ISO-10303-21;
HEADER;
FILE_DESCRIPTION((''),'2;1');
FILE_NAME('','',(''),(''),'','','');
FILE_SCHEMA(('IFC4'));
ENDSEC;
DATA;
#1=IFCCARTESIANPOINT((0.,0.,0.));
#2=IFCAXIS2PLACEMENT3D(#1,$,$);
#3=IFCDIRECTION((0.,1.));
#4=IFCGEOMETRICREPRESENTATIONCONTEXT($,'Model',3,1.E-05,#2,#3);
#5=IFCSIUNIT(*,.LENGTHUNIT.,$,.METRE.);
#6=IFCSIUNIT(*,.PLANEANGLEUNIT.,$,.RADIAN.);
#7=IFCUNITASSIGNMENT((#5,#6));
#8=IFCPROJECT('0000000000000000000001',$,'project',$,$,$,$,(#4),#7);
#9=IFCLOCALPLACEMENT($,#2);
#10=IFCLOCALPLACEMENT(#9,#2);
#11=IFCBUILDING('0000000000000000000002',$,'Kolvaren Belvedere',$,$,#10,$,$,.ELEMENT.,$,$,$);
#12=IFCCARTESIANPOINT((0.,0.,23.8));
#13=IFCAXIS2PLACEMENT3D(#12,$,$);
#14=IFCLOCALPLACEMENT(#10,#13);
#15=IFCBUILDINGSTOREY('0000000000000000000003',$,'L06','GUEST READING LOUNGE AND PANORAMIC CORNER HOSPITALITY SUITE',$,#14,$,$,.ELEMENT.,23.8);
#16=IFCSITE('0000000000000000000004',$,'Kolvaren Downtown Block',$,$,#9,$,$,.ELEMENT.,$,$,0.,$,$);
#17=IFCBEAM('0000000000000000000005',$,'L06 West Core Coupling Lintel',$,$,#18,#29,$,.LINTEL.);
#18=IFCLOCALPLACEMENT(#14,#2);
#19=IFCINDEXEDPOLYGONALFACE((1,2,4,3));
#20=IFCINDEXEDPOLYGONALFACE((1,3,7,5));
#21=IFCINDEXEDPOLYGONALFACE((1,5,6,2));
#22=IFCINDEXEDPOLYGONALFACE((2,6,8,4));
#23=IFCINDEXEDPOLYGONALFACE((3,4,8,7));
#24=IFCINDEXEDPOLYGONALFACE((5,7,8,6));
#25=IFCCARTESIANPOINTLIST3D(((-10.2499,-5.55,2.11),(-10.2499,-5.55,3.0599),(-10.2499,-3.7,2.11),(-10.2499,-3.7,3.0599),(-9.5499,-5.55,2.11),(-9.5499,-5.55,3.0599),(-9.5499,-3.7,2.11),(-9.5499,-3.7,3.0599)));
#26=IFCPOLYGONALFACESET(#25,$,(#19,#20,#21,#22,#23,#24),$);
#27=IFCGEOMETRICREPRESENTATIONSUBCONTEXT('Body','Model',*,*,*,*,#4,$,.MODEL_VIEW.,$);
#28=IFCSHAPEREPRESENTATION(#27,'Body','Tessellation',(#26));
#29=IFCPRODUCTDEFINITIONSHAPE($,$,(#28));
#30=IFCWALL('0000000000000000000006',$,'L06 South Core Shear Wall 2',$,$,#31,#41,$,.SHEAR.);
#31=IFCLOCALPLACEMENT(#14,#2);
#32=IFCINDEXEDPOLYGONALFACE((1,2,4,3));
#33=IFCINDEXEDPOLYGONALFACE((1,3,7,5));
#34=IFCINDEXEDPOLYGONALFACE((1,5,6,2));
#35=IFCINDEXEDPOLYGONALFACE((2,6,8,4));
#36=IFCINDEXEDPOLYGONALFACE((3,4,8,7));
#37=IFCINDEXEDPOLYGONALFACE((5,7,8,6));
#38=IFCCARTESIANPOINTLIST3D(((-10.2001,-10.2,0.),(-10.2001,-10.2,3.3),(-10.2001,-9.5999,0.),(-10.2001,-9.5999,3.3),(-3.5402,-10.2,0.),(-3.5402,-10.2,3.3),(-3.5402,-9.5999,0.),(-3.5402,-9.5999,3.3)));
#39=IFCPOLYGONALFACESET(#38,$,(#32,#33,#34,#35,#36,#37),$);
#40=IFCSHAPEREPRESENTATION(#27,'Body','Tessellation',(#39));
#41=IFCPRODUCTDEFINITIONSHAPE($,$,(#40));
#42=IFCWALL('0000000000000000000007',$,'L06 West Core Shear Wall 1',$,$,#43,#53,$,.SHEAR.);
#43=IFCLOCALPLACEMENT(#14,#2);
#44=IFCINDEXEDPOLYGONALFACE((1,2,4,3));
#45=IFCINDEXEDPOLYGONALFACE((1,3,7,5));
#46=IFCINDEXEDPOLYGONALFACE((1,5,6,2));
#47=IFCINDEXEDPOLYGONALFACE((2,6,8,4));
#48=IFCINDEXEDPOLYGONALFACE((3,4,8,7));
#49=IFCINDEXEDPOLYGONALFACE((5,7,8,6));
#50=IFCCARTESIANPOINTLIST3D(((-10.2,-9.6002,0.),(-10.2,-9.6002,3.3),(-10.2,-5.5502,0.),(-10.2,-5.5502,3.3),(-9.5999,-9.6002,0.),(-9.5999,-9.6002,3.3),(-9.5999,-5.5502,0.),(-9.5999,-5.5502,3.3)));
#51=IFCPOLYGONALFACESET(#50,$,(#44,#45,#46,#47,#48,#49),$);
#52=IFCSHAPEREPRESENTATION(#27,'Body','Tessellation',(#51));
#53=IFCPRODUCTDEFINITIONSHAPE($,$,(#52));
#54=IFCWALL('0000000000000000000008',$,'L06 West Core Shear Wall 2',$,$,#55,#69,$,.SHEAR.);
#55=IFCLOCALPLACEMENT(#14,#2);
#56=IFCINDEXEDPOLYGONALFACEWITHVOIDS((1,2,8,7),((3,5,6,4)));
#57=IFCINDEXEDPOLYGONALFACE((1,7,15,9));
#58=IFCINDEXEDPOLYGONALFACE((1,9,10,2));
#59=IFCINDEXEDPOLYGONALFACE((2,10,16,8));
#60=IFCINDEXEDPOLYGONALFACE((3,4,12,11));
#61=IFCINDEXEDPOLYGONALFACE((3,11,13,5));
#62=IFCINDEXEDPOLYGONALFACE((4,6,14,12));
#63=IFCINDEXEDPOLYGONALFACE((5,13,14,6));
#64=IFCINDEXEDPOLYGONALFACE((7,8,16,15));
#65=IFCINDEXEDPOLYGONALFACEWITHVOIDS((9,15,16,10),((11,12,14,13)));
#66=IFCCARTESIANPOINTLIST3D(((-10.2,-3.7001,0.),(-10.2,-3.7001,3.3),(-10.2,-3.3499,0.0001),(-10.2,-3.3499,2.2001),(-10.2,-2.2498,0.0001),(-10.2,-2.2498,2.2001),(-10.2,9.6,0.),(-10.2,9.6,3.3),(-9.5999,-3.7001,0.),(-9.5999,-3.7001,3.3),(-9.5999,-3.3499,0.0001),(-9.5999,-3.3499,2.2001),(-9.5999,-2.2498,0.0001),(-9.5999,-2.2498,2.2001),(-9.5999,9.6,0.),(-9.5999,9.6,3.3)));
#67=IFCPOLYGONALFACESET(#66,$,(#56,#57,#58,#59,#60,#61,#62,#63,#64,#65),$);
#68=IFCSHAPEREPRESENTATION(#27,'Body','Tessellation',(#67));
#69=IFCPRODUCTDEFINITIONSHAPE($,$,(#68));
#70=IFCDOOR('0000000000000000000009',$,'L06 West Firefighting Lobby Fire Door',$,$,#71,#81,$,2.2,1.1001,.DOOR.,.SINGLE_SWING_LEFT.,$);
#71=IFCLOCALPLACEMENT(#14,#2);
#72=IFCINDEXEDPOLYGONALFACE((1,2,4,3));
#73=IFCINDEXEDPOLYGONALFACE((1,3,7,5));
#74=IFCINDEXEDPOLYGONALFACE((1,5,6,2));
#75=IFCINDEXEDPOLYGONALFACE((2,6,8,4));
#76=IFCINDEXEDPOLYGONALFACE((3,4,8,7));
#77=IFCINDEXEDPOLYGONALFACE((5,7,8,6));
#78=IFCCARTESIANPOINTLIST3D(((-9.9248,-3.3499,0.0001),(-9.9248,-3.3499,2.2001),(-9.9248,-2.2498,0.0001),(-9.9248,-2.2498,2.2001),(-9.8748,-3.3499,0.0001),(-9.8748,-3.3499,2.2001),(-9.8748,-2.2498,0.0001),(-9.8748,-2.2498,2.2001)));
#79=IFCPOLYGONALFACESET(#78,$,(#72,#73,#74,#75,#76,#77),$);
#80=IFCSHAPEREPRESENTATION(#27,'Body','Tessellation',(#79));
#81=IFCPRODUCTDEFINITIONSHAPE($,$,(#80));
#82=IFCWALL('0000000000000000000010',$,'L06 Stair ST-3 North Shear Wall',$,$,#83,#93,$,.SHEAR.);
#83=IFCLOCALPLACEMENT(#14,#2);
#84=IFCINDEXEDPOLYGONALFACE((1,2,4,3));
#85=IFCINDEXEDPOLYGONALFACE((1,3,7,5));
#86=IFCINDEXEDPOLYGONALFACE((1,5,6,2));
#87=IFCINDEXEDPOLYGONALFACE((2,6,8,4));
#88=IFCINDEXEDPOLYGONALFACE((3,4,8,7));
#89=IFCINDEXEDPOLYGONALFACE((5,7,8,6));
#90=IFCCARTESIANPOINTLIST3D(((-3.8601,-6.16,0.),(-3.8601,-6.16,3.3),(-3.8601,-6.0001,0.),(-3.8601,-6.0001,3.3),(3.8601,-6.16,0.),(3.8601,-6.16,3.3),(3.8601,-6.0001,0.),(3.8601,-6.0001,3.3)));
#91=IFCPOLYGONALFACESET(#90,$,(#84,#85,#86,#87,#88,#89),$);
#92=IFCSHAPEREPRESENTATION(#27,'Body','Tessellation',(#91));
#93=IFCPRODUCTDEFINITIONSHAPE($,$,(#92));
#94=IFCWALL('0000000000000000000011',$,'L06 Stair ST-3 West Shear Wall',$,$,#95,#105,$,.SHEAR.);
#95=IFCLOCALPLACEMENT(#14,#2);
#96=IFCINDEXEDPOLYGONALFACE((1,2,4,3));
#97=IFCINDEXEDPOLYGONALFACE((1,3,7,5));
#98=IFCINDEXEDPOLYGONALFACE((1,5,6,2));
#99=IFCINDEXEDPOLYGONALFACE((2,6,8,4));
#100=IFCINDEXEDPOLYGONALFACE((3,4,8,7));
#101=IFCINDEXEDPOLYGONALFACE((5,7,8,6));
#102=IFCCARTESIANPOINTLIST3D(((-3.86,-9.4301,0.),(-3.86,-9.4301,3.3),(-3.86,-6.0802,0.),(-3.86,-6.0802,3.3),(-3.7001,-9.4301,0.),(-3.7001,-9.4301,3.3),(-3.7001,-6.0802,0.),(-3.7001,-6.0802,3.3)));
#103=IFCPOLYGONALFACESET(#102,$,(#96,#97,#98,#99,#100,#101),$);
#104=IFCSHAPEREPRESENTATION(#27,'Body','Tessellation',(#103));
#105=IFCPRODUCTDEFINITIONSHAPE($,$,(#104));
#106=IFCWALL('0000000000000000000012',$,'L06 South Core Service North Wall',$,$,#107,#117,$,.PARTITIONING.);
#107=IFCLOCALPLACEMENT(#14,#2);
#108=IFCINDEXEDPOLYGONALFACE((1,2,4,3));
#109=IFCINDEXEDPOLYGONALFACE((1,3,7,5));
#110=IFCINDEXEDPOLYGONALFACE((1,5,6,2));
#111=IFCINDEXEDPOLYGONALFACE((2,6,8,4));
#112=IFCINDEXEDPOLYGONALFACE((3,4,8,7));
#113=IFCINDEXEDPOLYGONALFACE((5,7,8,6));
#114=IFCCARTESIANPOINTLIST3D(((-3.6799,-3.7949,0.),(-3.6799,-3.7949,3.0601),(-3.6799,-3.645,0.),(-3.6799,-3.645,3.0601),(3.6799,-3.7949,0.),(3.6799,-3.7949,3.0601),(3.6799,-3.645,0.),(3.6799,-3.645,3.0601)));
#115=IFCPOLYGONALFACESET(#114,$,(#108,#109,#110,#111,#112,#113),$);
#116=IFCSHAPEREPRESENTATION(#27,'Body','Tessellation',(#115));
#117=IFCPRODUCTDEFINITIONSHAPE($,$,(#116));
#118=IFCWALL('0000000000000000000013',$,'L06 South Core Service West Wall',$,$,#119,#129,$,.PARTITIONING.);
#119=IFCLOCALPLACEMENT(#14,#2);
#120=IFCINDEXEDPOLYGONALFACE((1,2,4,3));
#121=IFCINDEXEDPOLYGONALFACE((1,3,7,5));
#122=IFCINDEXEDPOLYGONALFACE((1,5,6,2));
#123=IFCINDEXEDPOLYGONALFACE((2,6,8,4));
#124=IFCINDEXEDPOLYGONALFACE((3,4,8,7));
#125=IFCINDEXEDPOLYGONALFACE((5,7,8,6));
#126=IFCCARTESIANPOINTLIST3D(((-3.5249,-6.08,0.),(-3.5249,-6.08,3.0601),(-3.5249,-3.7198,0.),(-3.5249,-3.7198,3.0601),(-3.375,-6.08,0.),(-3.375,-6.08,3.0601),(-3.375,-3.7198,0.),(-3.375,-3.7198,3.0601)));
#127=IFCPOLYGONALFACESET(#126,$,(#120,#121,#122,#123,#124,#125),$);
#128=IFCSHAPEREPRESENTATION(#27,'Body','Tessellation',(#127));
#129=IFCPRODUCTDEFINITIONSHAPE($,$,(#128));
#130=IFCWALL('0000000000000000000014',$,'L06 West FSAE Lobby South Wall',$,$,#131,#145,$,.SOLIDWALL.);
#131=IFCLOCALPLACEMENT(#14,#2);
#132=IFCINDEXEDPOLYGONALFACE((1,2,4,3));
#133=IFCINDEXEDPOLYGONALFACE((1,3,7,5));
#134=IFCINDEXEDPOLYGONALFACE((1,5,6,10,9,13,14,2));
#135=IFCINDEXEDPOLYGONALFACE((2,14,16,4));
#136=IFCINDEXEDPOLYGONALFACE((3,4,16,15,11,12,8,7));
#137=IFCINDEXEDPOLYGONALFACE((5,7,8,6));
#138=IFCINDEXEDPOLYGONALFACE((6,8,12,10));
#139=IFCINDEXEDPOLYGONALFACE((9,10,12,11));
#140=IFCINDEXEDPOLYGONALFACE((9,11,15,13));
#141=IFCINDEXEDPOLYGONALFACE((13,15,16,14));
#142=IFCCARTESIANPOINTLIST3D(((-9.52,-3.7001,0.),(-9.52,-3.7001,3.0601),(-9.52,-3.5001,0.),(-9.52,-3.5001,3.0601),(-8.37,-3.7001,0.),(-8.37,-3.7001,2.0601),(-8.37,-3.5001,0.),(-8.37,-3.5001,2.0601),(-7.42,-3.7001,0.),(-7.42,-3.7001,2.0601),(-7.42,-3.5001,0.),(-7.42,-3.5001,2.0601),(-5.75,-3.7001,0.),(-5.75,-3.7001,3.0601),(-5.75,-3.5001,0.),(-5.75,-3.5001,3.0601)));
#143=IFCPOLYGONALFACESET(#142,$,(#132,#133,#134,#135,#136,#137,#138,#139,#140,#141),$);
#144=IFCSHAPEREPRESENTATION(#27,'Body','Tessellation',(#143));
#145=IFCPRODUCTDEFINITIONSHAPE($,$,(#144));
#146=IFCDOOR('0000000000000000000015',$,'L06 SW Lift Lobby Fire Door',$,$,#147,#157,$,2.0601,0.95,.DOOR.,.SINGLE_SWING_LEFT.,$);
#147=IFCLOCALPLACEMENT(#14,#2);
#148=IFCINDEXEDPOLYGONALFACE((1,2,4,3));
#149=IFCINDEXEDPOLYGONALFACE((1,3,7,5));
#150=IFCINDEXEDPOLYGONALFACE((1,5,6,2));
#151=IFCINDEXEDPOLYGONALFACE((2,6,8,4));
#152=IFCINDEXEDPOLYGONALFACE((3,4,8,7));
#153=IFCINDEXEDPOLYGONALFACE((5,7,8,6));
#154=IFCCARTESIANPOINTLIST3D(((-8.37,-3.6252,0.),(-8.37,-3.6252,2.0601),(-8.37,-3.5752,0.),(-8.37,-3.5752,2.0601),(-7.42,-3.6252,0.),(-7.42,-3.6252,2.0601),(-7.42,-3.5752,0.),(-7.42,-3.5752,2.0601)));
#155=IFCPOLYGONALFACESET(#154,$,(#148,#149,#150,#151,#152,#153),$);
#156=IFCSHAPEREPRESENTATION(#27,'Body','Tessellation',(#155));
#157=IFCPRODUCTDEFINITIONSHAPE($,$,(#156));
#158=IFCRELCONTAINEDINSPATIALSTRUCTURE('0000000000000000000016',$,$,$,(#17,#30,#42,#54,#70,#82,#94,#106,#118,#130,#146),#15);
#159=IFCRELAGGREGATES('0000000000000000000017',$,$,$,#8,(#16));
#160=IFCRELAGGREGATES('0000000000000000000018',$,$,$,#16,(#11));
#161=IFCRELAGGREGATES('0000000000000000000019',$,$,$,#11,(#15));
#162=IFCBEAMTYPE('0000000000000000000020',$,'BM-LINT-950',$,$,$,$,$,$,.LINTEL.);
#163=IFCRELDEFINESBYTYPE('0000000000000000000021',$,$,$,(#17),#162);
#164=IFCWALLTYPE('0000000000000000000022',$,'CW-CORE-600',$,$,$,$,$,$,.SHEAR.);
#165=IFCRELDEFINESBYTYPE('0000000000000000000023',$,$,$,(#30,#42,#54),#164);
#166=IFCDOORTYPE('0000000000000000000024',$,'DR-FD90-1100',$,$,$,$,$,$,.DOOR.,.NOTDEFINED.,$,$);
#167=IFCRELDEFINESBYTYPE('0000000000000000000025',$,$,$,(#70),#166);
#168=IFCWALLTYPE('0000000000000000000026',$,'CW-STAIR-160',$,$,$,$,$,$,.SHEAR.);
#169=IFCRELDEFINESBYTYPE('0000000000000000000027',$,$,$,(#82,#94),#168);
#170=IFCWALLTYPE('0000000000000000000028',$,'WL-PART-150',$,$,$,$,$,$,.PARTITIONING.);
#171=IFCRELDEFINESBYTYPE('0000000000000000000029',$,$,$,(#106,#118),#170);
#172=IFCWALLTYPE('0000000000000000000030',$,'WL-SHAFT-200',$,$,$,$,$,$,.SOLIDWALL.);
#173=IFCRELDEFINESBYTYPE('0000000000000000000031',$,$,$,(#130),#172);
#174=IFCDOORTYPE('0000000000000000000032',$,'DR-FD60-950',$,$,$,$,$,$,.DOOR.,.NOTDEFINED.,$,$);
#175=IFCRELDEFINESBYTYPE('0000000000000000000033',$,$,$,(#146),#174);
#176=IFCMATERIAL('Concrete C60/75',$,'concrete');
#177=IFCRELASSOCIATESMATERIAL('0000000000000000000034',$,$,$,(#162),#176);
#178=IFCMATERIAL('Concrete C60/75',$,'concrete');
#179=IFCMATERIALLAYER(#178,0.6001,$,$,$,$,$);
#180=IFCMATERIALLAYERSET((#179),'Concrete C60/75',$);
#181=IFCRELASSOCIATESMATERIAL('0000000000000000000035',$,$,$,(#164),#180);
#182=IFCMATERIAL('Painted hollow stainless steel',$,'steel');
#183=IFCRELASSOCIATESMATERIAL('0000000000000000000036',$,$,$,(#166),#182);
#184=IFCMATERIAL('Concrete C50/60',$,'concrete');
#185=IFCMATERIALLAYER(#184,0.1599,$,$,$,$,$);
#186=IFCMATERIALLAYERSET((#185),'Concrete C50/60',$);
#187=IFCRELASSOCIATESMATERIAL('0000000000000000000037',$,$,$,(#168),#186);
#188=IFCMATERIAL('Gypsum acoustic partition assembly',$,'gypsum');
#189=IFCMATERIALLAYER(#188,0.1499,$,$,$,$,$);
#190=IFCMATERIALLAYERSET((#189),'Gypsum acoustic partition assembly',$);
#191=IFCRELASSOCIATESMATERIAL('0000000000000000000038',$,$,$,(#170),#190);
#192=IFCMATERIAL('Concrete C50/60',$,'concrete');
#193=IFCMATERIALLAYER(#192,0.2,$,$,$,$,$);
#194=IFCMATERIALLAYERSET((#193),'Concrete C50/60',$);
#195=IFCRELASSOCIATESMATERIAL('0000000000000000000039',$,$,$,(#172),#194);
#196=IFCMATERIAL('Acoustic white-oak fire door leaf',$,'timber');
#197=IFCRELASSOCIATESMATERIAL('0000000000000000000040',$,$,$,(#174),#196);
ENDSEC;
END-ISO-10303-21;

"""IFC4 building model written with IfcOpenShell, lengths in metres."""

from ifc_helpers import new_model, si_unit, direction, frame, frame_2d, origin, origin_2d, place, context, subcontext, project, spatial, rectangle, extrude, material, layer, layer_set, material_profile, profile_set, type_object, element, fill, save


model = new_model("IFC4")

# Units and contexts
model_context = context("Model", 3, precision=1e-05, world=origin(), true_north=direction((0.0, 1.0)))
body_context = subcontext(model_context, "Body", "Model", "MODEL_VIEW")
ifc_project = project(units=[si_unit("LENGTHUNIT", "METRE"), si_unit("PLANEANGLEUNIT", "RADIAN")], contexts=[model_context])

# Site, building, storey
site_placement = place(None, origin())
site = spatial("IfcSite", under=ifc_project, at=site_placement, Name="Kolvaren Downtown Block", CompositionType="ELEMENT", RefElevation=0.0)
building_placement = place(site_placement, origin())
building = spatial("IfcBuilding", under=site, at=building_placement, Name="Kolvaren Belvedere", CompositionType="ELEMENT")
storey_placement = place(building_placement, frame((0.0, 0.0, 23.8)))
storey = spatial("IfcBuildingStorey", under=building, at=storey_placement, Name="L06", Description="GUEST READING LOUNGE AND PANORAMIC CORNER HOSPITALITY SUITE", CompositionType="ELEMENT", Elevation=23.8)

# Beam
ifc_material_1 = material(Name="Concrete C60/75", Category="concrete")
ifc_material_profile_1 = material_profile(ifc_material_1, rectangle(XDim=0.7, YDim=0.95, at=origin_2d()), Name="RC 700X950")
ifc_profile_set_1 = profile_set([ifc_material_profile_1], Name="Concrete C60/75")
beam_type_1 = type_object("IfcBeamType", Name="BM-LINT-950", PredefinedType="LINTEL", material=ifc_profile_set_1)
beam_1_placement = place(storey_placement, frame((-9.8999, -5.55, 2.585), z_axis=(0.0, 1.0, 0.0), x_axis=(-1.0, 0.0, 0.0)))
element("IfcBeam", 1, at=beam_1_placement, inside=storey, type_object=beam_type_1, Name="L06 West Core Coupling Lintel", PredefinedType="LINTEL", context=body_context, shape_type="SweptSolid", body=[
    extrude(rectangle(XDim=0.7, YDim=0.95, at=origin_2d()), origin(), (0.0, 0.0, 1.0), 1.8501),
])

# Walls
ifc_material_2 = material(Name="Concrete C60/75", Category="concrete")
ifc_layer_1 = layer(ifc_material_2, 0.6001)
ifc_layer_set_1 = layer_set([ifc_layer_1], Name="Concrete C60/75")
wall_type_1 = type_object("IfcWallType", Name="CW-CORE-600", PredefinedType="SHEAR", material=ifc_layer_set_1)
wall_1_placement = place(storey_placement, frame((-3.54, -9.8999, 0.0), z_axis=(0.0, 0.0, 1.0), x_axis=(-1.0, 0.0, 0.0)))
element("IfcWall", 2, at=wall_1_placement, inside=storey, type_object=wall_type_1, Name="L06 South Core Shear Wall 2", PredefinedType="SHEAR", context=body_context, shape_type="SweptSolid", body=[
    extrude(rectangle(XDim=6.6599, YDim=0.6001, at=frame_2d((3.3301, 0.0))), origin(), (0.0, 0.0, 1.0), 3.3),
])
wall_2_placement = place(storey_placement, frame((-9.8999, -9.6001, 0.0), z_axis=(0.0, 0.0, 1.0), x_axis=(0.0, 1.0, 0.0)))
element("IfcWall", 3, at=wall_2_placement, inside=storey, type_object=wall_type_1, Name="L06 West Core Shear Wall 1", PredefinedType="SHEAR", context=body_context, shape_type="SweptSolid", body=[
    extrude(rectangle(XDim=4.05, YDim=0.6001, at=frame_2d((2.0249, 0.0))), origin(), (0.0, 0.0, 1.0), 3.3),
])

# Wall, opening, door
wall_3_placement = place(storey_placement, frame((-9.8999, -3.7, 0.0), z_axis=(0.0, 0.0, 1.0), x_axis=(0.0, 1.0, 0.0)))
wall_3 = element("IfcWall", 4, at=wall_3_placement, inside=storey, type_object=wall_type_1, Name="L06 West Core Shear Wall 2", PredefinedType="SHEAR", context=body_context, shape_type="SweptSolid", body=[
    extrude(rectangle(XDim=13.3, YDim=0.6001, at=frame_2d((6.6499, 0.0))), origin(), (0.0, 0.0, 1.0), 3.3),
])
opening_1_placement = place(wall_3_placement, frame((0.3501, 0.0, 0.0)))
opening_1 = element("IfcOpeningElement", 5, at=opening_1_placement, cuts=wall_3, PredefinedType="OPENING", context=body_context, shape_type="SweptSolid", body=[
    extrude(rectangle(XDim=1.1001, YDim=2.2, at=frame_2d((0.55, 1.1001))), frame((0.0, 0.3101, 0.0), z_axis=(0.0, -1.0, 0.0), x_axis=(1.0, 0.0, 0.0)), (0.0, 0.0, 1.0), 0.6201),
])
ifc_material_3 = material(Name="Painted hollow stainless steel", Category="steel")
door_type_1 = type_object("IfcDoorType", Name="DR-FD90-1100", OperationType="NOTDEFINED", PredefinedType="DOOR", material=ifc_material_3)
door_1_placement = place(opening_1_placement, origin())
door_1 = element("IfcDoor", 6, at=door_1_placement, inside=storey, type_object=door_type_1, Name="L06 West Firefighting Lobby Fire Door", OperationType="SINGLE_SWING_LEFT", OverallHeight=2.2, OverallWidth=1.1001, PredefinedType="DOOR", context=body_context, shape_type="SweptSolid", body=[
    extrude(rectangle(XDim=1.1001, YDim=2.2, at=frame_2d((0.55, 1.1001))), frame((0.0, 0.0249, 0.0), z_axis=(0.0, -1.0, 0.0), x_axis=(1.0, 0.0, 0.0)), (0.0, 0.0, 1.0), 0.05),
])
fill(opening_1, door_1)

# Walls
ifc_material_4 = material(Name="Concrete C50/60", Category="concrete")
ifc_layer_2 = layer(ifc_material_4, 0.1599)
ifc_layer_set_2 = layer_set([ifc_layer_2], Name="Concrete C50/60")
wall_type_2 = type_object("IfcWallType", Name="CW-STAIR-160", PredefinedType="SHEAR", material=ifc_layer_set_2)
wall_4_placement = place(storey_placement, frame((-3.8601, -6.0801, 0.0), z_axis=(0.0, 0.0, 1.0), x_axis=(1.0, 0.0, 0.0)))
element("IfcWall", 7, at=wall_4_placement, inside=storey, type_object=wall_type_2, Name="L06 Stair ST-3 North Shear Wall", PredefinedType="SHEAR", context=body_context, shape_type="SweptSolid", body=[
    extrude(rectangle(XDim=7.7202, YDim=0.1599, at=frame_2d((3.8601, 0.0))), origin(), (0.0, 0.0, 1.0), 3.3),
])
wall_5_placement = place(storey_placement, frame((-3.78, -9.4299, 0.0), z_axis=(0.0, 0.0, 1.0), x_axis=(0.0, 1.0, 0.0)))
element("IfcWall", 8, at=wall_5_placement, inside=storey, type_object=wall_type_2, Name="L06 Stair ST-3 West Shear Wall", PredefinedType="SHEAR", context=body_context, shape_type="SweptSolid", body=[
    extrude(rectangle(XDim=3.3499, YDim=0.1599, at=frame_2d((1.6748, 0.0))), origin(), (0.0, 0.0, 1.0), 3.3),
])
ifc_material_5 = material(Name="Gypsum acoustic partition assembly", Category="gypsum")
ifc_layer_3 = layer(ifc_material_5, 0.1499)
ifc_layer_set_3 = layer_set([ifc_layer_3], Name="Gypsum acoustic partition assembly")
wall_type_3 = type_object("IfcWallType", Name="WL-PART-150", PredefinedType="PARTITIONING", material=ifc_layer_set_3)
wall_6_placement = place(storey_placement, frame((-3.6799, -3.72, 0.0), z_axis=(0.0, 0.0, 1.0), x_axis=(1.0, 0.0, 0.0)))
element("IfcWall", 9, at=wall_6_placement, inside=storey, type_object=wall_type_3, Name="L06 South Core Service North Wall", PredefinedType="PARTITIONING", context=body_context, shape_type="SweptSolid", body=[
    extrude(rectangle(XDim=7.3599, YDim=0.1499, at=frame_2d((3.6799, 0.0))), origin(), (0.0, 0.0, 1.0), 3.0601),
])
wall_7_placement = place(storey_placement, frame((-3.45, -6.0801, 0.0), z_axis=(0.0, 0.0, 1.0), x_axis=(0.0, 1.0, 0.0)))
element("IfcWall", 10, at=wall_7_placement, inside=storey, type_object=wall_type_3, Name="L06 South Core Service West Wall", PredefinedType="PARTITIONING", context=body_context, shape_type="SweptSolid", body=[
    extrude(rectangle(XDim=2.3601, YDim=0.1499, at=frame_2d((1.1802, 0.0))), origin(), (0.0, 0.0, 1.0), 3.0601),
])

# Wall, opening, door
ifc_material_6 = material(Name="Concrete C50/60", Category="concrete")
ifc_layer_4 = layer(ifc_material_6, 0.2)
ifc_layer_set_4 = layer_set([ifc_layer_4], Name="Concrete C50/60")
wall_type_4 = type_object("IfcWallType", Name="WL-SHAFT-200", PredefinedType="SOLIDWALL", material=ifc_layer_set_4)
wall_8_placement = place(storey_placement, frame((-9.52, -3.6001, 0.0), z_axis=(0.0, 0.0, 1.0), x_axis=(1.0, 0.0, 0.0)))
wall_8 = element("IfcWall", 11, at=wall_8_placement, inside=storey, type_object=wall_type_4, Name="L06 West FSAE Lobby South Wall", PredefinedType="SOLIDWALL", context=body_context, shape_type="SweptSolid", body=[
    extrude(rectangle(XDim=3.77, YDim=0.2, at=frame_2d((1.885, 0.0))), origin(), (0.0, 0.0, 1.0), 3.0601),
])
opening_2_placement = place(wall_8_placement, frame((1.1499, 0.0, 0.0)))
opening_2 = element("IfcOpeningElement", 12, at=opening_2_placement, cuts=wall_8, PredefinedType="OPENING", context=body_context, shape_type="SweptSolid", body=[
    extrude(rectangle(XDim=0.95, YDim=2.0601, at=frame_2d((0.4751, 1.03))), frame((0.0, 0.1099, 0.0), z_axis=(0.0, -1.0, 0.0), x_axis=(1.0, 0.0, 0.0)), (0.0, 0.0, 1.0), 0.22),
])
ifc_material_7 = material(Name="Acoustic white-oak fire door leaf", Category="timber")
door_type_2 = type_object("IfcDoorType", Name="DR-FD60-950", OperationType="NOTDEFINED", PredefinedType="DOOR", material=ifc_material_7)
door_2_placement = place(opening_2_placement, origin())
door_2 = element("IfcDoor", 13, at=door_2_placement, inside=storey, type_object=door_type_2, Name="L06 SW Lift Lobby Fire Door", OperationType="SINGLE_SWING_LEFT", OverallHeight=2.0601, OverallWidth=0.95, PredefinedType="DOOR", context=body_context, shape_type="SweptSolid", body=[
    extrude(rectangle(XDim=0.95, YDim=2.0601, at=frame_2d((0.4751, 1.03))), frame((0.0, 0.0249, 0.0), z_axis=(0.0, -1.0, 0.0), x_axis=(1.0, 0.0, 0.0)), (0.0, 0.0, 1.0), 0.05),
])
fill(opening_2, door_2)

save(model, "model.ifc")
